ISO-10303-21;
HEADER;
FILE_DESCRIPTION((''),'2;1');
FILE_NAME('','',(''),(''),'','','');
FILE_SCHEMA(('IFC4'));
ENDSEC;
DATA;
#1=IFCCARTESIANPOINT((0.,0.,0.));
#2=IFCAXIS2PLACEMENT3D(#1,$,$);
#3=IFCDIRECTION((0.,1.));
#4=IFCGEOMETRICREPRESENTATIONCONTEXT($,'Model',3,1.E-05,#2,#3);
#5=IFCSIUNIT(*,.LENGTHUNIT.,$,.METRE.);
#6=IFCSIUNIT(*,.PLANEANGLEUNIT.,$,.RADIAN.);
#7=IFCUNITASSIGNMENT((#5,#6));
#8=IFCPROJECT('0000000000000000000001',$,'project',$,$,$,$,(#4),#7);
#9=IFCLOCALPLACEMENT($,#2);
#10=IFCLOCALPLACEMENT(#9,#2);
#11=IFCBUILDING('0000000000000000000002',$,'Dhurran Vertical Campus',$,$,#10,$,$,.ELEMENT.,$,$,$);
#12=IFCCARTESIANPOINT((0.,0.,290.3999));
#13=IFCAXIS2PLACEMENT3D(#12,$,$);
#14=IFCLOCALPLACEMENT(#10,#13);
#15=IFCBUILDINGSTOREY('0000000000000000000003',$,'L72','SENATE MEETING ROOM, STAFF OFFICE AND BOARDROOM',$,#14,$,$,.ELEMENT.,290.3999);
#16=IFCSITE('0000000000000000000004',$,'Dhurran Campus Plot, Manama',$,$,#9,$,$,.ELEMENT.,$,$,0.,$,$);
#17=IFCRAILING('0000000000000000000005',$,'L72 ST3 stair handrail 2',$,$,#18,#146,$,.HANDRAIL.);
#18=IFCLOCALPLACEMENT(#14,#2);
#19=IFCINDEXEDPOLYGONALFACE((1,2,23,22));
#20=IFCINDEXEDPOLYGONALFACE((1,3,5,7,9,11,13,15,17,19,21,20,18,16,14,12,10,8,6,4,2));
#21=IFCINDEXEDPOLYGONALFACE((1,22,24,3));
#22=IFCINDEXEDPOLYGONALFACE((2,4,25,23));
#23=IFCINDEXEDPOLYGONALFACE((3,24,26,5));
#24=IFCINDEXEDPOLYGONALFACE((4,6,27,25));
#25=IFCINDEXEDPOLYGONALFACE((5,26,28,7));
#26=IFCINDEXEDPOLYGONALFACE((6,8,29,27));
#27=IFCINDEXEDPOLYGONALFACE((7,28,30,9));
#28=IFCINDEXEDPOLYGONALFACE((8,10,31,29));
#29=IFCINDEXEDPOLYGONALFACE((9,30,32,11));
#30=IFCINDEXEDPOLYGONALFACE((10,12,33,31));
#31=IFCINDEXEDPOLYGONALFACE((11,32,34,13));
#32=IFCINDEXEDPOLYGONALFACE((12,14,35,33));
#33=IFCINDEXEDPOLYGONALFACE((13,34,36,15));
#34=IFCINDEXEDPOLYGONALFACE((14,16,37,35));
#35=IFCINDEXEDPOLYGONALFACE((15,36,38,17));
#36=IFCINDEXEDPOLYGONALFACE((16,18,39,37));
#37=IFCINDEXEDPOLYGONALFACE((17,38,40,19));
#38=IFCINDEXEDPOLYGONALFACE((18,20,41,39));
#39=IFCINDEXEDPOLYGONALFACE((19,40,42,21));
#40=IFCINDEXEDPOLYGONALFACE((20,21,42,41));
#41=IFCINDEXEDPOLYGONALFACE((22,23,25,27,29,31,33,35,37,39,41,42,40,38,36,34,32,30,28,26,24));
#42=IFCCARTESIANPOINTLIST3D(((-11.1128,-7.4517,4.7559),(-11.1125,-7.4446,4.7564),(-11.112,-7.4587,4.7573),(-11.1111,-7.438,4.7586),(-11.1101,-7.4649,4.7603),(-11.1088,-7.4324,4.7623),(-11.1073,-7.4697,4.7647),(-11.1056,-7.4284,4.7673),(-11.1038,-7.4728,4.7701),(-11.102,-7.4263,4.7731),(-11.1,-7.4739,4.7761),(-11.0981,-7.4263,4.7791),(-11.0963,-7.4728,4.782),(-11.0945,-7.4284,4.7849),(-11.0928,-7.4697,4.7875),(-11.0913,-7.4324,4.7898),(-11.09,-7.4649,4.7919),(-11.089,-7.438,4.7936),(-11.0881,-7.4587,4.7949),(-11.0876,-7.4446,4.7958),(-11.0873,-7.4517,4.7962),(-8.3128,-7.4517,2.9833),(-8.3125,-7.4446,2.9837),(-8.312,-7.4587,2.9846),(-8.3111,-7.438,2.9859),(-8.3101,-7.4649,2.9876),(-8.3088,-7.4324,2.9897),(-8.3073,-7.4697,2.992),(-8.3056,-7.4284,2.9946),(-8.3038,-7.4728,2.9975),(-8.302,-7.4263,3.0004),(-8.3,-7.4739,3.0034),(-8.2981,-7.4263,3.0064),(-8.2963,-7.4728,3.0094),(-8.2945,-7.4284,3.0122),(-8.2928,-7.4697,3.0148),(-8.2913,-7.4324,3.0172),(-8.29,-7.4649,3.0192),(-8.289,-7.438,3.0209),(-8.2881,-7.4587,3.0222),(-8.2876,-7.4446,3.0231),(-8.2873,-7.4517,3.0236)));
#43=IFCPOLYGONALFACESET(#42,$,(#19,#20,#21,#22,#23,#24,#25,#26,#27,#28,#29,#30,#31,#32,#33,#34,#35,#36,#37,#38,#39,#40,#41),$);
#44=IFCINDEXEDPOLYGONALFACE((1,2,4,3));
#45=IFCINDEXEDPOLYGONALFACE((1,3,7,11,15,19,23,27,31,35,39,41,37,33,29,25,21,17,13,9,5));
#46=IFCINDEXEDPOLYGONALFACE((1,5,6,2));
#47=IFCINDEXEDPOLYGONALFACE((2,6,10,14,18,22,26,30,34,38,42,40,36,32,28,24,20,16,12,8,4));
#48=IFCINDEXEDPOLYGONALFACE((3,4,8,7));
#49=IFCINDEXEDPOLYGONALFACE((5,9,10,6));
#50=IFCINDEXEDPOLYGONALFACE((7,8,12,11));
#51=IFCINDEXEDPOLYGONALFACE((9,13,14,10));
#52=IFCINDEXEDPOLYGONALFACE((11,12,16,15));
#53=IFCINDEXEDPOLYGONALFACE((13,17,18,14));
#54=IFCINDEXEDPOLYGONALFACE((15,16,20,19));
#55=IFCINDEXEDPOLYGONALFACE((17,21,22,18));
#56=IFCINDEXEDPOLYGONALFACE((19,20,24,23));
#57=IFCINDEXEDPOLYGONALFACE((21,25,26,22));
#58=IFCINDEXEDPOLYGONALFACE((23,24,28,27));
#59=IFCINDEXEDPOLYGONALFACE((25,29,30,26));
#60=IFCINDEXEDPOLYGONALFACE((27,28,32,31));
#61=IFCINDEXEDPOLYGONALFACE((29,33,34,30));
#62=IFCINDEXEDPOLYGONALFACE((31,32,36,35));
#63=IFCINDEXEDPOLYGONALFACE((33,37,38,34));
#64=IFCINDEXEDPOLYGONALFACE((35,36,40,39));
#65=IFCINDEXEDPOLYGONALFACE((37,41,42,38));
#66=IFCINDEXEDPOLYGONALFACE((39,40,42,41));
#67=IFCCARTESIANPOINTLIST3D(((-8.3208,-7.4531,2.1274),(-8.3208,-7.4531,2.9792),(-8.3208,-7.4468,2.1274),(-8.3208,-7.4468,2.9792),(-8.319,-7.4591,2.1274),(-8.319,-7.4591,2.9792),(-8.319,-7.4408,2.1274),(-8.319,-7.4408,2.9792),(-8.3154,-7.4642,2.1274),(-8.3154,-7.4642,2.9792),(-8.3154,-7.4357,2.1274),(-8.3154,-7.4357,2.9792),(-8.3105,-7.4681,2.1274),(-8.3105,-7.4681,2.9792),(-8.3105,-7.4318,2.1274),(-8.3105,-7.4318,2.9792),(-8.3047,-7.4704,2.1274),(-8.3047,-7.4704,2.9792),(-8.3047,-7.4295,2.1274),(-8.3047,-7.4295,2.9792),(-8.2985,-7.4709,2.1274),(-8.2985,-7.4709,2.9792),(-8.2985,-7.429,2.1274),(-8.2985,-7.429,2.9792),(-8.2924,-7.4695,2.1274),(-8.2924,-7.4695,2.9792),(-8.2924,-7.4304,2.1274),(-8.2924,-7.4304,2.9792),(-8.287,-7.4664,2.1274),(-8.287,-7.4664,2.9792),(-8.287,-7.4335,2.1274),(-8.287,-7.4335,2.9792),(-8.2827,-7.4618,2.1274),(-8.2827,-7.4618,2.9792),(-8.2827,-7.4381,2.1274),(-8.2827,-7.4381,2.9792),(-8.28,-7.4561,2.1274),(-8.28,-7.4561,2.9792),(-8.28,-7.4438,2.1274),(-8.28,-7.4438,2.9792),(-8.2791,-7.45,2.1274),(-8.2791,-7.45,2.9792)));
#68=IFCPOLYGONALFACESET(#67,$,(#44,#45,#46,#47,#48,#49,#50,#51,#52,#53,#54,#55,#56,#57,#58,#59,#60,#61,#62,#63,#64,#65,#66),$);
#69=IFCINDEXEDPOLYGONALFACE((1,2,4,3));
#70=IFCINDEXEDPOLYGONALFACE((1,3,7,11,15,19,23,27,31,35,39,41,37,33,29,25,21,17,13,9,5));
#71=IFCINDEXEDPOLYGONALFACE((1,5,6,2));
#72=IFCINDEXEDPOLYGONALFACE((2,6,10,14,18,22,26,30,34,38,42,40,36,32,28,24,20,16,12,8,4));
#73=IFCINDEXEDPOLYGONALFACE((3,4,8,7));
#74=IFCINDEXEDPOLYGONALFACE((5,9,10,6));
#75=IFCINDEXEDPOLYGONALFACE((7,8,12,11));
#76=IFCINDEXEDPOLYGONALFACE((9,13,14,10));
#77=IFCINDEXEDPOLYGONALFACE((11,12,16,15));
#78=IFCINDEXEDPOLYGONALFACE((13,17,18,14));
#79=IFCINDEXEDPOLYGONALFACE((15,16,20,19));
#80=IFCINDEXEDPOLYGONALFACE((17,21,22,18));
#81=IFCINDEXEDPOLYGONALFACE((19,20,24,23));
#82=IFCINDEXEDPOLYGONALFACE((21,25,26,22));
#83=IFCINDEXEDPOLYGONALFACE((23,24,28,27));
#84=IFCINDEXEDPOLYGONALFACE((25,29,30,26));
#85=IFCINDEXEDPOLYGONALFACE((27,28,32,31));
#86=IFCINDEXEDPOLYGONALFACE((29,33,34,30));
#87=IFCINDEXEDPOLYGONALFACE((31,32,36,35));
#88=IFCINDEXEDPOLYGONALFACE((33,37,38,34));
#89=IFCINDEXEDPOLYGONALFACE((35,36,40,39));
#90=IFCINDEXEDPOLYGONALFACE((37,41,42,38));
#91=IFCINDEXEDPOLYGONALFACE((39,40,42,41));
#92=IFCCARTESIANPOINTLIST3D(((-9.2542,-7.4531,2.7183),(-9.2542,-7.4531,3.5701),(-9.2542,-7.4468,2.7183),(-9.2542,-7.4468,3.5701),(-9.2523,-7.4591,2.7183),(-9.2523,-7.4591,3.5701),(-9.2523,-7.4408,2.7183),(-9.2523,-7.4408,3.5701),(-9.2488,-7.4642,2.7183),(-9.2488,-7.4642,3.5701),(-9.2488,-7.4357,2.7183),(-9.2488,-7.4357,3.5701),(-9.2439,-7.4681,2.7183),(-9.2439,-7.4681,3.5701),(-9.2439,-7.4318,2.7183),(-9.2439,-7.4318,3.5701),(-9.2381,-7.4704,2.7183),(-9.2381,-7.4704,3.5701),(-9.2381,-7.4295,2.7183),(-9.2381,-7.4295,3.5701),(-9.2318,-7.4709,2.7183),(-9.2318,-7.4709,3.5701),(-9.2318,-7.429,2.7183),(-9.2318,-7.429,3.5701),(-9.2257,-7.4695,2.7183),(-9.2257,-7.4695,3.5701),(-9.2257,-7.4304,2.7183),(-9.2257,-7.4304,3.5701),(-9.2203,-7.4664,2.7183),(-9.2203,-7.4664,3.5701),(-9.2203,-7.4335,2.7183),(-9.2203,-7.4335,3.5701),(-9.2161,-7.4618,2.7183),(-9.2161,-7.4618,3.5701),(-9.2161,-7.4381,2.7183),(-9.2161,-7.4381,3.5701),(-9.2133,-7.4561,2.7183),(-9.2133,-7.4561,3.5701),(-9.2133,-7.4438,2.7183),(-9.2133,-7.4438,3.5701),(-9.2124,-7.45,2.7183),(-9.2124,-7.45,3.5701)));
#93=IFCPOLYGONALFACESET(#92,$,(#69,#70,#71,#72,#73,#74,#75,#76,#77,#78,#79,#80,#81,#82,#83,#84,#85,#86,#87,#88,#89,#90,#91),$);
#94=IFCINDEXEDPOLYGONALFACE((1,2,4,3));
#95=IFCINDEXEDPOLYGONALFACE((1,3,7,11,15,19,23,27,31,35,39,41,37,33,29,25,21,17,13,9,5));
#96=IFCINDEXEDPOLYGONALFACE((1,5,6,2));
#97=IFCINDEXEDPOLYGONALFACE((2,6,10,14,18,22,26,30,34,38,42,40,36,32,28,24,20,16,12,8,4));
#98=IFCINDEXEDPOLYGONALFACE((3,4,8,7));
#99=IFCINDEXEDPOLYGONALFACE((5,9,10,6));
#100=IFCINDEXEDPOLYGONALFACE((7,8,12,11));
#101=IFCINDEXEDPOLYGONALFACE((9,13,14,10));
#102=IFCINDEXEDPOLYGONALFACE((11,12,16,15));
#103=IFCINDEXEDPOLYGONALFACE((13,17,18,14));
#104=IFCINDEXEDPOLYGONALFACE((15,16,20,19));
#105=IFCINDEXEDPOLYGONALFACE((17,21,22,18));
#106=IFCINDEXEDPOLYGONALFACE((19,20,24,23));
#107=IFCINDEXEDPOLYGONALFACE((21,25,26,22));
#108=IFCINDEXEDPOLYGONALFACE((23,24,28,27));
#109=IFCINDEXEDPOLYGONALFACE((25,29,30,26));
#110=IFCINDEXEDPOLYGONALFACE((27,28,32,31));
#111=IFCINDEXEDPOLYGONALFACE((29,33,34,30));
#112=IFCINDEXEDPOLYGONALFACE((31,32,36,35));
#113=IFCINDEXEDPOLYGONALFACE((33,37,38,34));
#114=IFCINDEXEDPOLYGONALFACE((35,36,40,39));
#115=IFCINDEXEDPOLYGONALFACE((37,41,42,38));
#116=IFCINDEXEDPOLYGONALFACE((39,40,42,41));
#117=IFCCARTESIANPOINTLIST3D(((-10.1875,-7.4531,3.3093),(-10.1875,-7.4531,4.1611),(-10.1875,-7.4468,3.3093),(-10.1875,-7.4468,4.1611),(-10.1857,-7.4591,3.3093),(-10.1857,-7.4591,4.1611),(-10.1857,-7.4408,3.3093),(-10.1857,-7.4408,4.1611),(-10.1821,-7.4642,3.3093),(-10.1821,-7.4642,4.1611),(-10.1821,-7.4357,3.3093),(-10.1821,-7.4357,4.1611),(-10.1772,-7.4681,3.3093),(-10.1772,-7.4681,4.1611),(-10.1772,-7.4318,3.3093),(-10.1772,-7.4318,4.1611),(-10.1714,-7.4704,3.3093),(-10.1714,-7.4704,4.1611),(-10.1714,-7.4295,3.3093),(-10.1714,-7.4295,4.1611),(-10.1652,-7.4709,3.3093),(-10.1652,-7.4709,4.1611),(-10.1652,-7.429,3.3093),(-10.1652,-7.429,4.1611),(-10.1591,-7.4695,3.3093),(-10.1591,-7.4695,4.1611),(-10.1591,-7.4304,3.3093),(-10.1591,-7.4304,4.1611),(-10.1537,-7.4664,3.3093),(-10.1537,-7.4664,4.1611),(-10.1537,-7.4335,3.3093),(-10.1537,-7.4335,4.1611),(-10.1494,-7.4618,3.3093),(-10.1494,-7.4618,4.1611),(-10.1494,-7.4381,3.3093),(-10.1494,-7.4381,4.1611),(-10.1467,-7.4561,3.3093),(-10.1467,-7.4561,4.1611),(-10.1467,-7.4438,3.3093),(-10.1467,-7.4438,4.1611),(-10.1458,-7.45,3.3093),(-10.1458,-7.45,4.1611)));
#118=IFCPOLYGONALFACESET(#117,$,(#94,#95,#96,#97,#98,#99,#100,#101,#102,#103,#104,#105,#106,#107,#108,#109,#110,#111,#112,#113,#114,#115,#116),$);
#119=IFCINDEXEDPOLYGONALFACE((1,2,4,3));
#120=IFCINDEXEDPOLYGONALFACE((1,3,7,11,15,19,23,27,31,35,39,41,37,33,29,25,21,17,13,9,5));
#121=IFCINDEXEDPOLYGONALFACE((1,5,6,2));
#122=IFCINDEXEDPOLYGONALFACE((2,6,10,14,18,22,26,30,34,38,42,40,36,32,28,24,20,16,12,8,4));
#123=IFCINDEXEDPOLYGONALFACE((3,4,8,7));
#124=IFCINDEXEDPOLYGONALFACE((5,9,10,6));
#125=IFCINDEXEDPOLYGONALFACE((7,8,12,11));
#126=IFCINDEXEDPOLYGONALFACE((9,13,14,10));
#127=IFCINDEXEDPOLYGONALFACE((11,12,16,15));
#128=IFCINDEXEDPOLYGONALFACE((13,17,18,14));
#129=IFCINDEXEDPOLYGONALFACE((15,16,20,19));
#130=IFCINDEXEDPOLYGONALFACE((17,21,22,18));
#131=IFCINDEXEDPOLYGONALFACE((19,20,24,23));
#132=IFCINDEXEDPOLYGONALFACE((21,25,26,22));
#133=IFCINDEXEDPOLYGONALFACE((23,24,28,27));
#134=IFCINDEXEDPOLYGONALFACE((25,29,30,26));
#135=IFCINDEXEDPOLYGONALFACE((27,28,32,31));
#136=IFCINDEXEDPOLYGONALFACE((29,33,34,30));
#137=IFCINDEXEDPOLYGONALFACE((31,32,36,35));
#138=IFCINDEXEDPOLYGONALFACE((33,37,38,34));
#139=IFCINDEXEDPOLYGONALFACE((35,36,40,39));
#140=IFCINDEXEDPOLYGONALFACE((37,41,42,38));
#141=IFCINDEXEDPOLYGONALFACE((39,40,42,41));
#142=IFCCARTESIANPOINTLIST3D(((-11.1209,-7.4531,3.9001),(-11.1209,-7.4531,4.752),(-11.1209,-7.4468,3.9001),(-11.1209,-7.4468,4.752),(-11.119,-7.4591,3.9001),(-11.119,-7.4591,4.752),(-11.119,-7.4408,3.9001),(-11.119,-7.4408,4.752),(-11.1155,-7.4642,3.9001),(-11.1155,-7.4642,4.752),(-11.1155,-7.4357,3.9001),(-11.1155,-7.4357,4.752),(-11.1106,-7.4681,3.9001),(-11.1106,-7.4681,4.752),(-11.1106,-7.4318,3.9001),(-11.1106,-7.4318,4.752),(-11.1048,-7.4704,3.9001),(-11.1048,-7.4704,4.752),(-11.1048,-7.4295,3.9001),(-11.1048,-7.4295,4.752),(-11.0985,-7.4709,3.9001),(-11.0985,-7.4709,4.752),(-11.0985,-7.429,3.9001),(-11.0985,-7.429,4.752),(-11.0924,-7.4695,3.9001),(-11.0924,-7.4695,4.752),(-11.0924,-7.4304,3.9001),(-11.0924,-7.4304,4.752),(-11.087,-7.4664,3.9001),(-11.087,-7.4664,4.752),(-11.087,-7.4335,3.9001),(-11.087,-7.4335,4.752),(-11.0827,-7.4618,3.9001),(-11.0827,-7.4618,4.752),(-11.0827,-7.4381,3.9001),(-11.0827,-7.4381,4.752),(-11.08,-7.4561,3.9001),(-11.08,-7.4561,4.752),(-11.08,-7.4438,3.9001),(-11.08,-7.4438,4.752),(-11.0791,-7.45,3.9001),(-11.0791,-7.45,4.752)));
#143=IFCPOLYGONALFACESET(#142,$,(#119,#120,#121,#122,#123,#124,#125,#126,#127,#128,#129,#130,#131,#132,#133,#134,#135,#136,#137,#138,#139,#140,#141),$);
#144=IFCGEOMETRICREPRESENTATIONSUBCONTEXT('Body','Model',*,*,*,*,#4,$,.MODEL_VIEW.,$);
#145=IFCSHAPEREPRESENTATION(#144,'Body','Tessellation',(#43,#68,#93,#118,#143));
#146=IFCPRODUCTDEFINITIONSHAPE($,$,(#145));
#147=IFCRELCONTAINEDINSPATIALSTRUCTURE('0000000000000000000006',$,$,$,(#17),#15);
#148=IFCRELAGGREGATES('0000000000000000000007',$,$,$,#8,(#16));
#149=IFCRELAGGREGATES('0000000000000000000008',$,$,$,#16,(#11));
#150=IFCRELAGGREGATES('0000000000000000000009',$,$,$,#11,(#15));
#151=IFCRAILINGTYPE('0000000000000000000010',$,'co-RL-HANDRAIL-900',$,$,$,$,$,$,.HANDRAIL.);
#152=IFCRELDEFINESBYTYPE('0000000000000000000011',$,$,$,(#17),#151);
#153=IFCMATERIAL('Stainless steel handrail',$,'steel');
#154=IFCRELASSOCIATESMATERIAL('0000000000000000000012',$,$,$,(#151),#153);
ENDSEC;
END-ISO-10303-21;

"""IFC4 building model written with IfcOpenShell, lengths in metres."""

from ifc_helpers import new_model, si_unit, direction, frame, origin, origin_2d, place, context, subcontext, project, spatial, circle, extrude, material, type_object, element, save


model = new_model("IFC4")

# Units and contexts
model_context = context("Model", 3, precision=1e-05, world=origin(), true_north=direction((0.0, 1.0)))
body_context = subcontext(model_context, "Body", "Model", "MODEL_VIEW")
ifc_project = project(units=[si_unit("LENGTHUNIT", "METRE"), si_unit("PLANEANGLEUNIT", "RADIAN")], contexts=[model_context])

# Site, building, storey
site_placement = place(None, origin())
site = spatial("IfcSite", under=ifc_project, at=site_placement, Name="Dhurran Campus Plot, Manama", CompositionType="ELEMENT", RefElevation=0.0)
building_placement = place(site_placement, origin())
building = spatial("IfcBuilding", under=site, at=building_placement, Name="Dhurran Vertical Campus", CompositionType="ELEMENT")
storey_placement = place(building_placement, frame((0.0, 0.0, 290.3999)))
storey = spatial("IfcBuildingStorey", under=building, at=storey_placement, Name="L72", Description="SENATE MEETING ROOM, STAFF OFFICE AND BOARDROOM", CompositionType="ELEMENT", Elevation=290.3999)

# Railing
ifc_material_1 = material(Name="Stainless steel handrail", Category="steel")
railing_type_1 = type_object("IfcRailingType", Name="co-RL-HANDRAIL-900", PredefinedType="HANDRAIL", material=ifc_material_1)
railing_1_placement = place(storey_placement, frame((-8.3, -7.45, 2.1274)))
element("IfcRailing", 1, at=railing_1_placement, inside=storey, type_object=railing_type_1, Name="L72 ST3 stair handrail 2", PredefinedType="HANDRAIL", context=body_context, shape_type="SweptSolid", body=[
    extrude(circle(Radius=0.0239, at=origin_2d()), frame((0.0, 0.0, 0.876), z_axis=(-0.844909, 0.0, 0.53491), x_axis=(0.0, -1.0, 0.0)), (0.0, 0.0, 1.0), 3.314),
    extrude(circle(Radius=0.021, at=origin_2d()), origin(), (0.0, 0.0, 1.0), 0.8518),
    extrude(circle(Radius=0.021, at=origin_2d()), frame((-0.9333, 0.0, 0.5908)), (0.0, 0.0, 1.0), 0.8518),
    extrude(circle(Radius=0.021, at=origin_2d()), frame((-1.8667, 0.0, 1.1819)), (0.0, 0.0, 1.0), 0.8518),
    extrude(circle(Radius=0.021, at=origin_2d()), frame((-2.8, 0.0, 1.7727)), (0.0, 0.0, 1.0), 0.8518),
])

save(model, "model.ifc")
